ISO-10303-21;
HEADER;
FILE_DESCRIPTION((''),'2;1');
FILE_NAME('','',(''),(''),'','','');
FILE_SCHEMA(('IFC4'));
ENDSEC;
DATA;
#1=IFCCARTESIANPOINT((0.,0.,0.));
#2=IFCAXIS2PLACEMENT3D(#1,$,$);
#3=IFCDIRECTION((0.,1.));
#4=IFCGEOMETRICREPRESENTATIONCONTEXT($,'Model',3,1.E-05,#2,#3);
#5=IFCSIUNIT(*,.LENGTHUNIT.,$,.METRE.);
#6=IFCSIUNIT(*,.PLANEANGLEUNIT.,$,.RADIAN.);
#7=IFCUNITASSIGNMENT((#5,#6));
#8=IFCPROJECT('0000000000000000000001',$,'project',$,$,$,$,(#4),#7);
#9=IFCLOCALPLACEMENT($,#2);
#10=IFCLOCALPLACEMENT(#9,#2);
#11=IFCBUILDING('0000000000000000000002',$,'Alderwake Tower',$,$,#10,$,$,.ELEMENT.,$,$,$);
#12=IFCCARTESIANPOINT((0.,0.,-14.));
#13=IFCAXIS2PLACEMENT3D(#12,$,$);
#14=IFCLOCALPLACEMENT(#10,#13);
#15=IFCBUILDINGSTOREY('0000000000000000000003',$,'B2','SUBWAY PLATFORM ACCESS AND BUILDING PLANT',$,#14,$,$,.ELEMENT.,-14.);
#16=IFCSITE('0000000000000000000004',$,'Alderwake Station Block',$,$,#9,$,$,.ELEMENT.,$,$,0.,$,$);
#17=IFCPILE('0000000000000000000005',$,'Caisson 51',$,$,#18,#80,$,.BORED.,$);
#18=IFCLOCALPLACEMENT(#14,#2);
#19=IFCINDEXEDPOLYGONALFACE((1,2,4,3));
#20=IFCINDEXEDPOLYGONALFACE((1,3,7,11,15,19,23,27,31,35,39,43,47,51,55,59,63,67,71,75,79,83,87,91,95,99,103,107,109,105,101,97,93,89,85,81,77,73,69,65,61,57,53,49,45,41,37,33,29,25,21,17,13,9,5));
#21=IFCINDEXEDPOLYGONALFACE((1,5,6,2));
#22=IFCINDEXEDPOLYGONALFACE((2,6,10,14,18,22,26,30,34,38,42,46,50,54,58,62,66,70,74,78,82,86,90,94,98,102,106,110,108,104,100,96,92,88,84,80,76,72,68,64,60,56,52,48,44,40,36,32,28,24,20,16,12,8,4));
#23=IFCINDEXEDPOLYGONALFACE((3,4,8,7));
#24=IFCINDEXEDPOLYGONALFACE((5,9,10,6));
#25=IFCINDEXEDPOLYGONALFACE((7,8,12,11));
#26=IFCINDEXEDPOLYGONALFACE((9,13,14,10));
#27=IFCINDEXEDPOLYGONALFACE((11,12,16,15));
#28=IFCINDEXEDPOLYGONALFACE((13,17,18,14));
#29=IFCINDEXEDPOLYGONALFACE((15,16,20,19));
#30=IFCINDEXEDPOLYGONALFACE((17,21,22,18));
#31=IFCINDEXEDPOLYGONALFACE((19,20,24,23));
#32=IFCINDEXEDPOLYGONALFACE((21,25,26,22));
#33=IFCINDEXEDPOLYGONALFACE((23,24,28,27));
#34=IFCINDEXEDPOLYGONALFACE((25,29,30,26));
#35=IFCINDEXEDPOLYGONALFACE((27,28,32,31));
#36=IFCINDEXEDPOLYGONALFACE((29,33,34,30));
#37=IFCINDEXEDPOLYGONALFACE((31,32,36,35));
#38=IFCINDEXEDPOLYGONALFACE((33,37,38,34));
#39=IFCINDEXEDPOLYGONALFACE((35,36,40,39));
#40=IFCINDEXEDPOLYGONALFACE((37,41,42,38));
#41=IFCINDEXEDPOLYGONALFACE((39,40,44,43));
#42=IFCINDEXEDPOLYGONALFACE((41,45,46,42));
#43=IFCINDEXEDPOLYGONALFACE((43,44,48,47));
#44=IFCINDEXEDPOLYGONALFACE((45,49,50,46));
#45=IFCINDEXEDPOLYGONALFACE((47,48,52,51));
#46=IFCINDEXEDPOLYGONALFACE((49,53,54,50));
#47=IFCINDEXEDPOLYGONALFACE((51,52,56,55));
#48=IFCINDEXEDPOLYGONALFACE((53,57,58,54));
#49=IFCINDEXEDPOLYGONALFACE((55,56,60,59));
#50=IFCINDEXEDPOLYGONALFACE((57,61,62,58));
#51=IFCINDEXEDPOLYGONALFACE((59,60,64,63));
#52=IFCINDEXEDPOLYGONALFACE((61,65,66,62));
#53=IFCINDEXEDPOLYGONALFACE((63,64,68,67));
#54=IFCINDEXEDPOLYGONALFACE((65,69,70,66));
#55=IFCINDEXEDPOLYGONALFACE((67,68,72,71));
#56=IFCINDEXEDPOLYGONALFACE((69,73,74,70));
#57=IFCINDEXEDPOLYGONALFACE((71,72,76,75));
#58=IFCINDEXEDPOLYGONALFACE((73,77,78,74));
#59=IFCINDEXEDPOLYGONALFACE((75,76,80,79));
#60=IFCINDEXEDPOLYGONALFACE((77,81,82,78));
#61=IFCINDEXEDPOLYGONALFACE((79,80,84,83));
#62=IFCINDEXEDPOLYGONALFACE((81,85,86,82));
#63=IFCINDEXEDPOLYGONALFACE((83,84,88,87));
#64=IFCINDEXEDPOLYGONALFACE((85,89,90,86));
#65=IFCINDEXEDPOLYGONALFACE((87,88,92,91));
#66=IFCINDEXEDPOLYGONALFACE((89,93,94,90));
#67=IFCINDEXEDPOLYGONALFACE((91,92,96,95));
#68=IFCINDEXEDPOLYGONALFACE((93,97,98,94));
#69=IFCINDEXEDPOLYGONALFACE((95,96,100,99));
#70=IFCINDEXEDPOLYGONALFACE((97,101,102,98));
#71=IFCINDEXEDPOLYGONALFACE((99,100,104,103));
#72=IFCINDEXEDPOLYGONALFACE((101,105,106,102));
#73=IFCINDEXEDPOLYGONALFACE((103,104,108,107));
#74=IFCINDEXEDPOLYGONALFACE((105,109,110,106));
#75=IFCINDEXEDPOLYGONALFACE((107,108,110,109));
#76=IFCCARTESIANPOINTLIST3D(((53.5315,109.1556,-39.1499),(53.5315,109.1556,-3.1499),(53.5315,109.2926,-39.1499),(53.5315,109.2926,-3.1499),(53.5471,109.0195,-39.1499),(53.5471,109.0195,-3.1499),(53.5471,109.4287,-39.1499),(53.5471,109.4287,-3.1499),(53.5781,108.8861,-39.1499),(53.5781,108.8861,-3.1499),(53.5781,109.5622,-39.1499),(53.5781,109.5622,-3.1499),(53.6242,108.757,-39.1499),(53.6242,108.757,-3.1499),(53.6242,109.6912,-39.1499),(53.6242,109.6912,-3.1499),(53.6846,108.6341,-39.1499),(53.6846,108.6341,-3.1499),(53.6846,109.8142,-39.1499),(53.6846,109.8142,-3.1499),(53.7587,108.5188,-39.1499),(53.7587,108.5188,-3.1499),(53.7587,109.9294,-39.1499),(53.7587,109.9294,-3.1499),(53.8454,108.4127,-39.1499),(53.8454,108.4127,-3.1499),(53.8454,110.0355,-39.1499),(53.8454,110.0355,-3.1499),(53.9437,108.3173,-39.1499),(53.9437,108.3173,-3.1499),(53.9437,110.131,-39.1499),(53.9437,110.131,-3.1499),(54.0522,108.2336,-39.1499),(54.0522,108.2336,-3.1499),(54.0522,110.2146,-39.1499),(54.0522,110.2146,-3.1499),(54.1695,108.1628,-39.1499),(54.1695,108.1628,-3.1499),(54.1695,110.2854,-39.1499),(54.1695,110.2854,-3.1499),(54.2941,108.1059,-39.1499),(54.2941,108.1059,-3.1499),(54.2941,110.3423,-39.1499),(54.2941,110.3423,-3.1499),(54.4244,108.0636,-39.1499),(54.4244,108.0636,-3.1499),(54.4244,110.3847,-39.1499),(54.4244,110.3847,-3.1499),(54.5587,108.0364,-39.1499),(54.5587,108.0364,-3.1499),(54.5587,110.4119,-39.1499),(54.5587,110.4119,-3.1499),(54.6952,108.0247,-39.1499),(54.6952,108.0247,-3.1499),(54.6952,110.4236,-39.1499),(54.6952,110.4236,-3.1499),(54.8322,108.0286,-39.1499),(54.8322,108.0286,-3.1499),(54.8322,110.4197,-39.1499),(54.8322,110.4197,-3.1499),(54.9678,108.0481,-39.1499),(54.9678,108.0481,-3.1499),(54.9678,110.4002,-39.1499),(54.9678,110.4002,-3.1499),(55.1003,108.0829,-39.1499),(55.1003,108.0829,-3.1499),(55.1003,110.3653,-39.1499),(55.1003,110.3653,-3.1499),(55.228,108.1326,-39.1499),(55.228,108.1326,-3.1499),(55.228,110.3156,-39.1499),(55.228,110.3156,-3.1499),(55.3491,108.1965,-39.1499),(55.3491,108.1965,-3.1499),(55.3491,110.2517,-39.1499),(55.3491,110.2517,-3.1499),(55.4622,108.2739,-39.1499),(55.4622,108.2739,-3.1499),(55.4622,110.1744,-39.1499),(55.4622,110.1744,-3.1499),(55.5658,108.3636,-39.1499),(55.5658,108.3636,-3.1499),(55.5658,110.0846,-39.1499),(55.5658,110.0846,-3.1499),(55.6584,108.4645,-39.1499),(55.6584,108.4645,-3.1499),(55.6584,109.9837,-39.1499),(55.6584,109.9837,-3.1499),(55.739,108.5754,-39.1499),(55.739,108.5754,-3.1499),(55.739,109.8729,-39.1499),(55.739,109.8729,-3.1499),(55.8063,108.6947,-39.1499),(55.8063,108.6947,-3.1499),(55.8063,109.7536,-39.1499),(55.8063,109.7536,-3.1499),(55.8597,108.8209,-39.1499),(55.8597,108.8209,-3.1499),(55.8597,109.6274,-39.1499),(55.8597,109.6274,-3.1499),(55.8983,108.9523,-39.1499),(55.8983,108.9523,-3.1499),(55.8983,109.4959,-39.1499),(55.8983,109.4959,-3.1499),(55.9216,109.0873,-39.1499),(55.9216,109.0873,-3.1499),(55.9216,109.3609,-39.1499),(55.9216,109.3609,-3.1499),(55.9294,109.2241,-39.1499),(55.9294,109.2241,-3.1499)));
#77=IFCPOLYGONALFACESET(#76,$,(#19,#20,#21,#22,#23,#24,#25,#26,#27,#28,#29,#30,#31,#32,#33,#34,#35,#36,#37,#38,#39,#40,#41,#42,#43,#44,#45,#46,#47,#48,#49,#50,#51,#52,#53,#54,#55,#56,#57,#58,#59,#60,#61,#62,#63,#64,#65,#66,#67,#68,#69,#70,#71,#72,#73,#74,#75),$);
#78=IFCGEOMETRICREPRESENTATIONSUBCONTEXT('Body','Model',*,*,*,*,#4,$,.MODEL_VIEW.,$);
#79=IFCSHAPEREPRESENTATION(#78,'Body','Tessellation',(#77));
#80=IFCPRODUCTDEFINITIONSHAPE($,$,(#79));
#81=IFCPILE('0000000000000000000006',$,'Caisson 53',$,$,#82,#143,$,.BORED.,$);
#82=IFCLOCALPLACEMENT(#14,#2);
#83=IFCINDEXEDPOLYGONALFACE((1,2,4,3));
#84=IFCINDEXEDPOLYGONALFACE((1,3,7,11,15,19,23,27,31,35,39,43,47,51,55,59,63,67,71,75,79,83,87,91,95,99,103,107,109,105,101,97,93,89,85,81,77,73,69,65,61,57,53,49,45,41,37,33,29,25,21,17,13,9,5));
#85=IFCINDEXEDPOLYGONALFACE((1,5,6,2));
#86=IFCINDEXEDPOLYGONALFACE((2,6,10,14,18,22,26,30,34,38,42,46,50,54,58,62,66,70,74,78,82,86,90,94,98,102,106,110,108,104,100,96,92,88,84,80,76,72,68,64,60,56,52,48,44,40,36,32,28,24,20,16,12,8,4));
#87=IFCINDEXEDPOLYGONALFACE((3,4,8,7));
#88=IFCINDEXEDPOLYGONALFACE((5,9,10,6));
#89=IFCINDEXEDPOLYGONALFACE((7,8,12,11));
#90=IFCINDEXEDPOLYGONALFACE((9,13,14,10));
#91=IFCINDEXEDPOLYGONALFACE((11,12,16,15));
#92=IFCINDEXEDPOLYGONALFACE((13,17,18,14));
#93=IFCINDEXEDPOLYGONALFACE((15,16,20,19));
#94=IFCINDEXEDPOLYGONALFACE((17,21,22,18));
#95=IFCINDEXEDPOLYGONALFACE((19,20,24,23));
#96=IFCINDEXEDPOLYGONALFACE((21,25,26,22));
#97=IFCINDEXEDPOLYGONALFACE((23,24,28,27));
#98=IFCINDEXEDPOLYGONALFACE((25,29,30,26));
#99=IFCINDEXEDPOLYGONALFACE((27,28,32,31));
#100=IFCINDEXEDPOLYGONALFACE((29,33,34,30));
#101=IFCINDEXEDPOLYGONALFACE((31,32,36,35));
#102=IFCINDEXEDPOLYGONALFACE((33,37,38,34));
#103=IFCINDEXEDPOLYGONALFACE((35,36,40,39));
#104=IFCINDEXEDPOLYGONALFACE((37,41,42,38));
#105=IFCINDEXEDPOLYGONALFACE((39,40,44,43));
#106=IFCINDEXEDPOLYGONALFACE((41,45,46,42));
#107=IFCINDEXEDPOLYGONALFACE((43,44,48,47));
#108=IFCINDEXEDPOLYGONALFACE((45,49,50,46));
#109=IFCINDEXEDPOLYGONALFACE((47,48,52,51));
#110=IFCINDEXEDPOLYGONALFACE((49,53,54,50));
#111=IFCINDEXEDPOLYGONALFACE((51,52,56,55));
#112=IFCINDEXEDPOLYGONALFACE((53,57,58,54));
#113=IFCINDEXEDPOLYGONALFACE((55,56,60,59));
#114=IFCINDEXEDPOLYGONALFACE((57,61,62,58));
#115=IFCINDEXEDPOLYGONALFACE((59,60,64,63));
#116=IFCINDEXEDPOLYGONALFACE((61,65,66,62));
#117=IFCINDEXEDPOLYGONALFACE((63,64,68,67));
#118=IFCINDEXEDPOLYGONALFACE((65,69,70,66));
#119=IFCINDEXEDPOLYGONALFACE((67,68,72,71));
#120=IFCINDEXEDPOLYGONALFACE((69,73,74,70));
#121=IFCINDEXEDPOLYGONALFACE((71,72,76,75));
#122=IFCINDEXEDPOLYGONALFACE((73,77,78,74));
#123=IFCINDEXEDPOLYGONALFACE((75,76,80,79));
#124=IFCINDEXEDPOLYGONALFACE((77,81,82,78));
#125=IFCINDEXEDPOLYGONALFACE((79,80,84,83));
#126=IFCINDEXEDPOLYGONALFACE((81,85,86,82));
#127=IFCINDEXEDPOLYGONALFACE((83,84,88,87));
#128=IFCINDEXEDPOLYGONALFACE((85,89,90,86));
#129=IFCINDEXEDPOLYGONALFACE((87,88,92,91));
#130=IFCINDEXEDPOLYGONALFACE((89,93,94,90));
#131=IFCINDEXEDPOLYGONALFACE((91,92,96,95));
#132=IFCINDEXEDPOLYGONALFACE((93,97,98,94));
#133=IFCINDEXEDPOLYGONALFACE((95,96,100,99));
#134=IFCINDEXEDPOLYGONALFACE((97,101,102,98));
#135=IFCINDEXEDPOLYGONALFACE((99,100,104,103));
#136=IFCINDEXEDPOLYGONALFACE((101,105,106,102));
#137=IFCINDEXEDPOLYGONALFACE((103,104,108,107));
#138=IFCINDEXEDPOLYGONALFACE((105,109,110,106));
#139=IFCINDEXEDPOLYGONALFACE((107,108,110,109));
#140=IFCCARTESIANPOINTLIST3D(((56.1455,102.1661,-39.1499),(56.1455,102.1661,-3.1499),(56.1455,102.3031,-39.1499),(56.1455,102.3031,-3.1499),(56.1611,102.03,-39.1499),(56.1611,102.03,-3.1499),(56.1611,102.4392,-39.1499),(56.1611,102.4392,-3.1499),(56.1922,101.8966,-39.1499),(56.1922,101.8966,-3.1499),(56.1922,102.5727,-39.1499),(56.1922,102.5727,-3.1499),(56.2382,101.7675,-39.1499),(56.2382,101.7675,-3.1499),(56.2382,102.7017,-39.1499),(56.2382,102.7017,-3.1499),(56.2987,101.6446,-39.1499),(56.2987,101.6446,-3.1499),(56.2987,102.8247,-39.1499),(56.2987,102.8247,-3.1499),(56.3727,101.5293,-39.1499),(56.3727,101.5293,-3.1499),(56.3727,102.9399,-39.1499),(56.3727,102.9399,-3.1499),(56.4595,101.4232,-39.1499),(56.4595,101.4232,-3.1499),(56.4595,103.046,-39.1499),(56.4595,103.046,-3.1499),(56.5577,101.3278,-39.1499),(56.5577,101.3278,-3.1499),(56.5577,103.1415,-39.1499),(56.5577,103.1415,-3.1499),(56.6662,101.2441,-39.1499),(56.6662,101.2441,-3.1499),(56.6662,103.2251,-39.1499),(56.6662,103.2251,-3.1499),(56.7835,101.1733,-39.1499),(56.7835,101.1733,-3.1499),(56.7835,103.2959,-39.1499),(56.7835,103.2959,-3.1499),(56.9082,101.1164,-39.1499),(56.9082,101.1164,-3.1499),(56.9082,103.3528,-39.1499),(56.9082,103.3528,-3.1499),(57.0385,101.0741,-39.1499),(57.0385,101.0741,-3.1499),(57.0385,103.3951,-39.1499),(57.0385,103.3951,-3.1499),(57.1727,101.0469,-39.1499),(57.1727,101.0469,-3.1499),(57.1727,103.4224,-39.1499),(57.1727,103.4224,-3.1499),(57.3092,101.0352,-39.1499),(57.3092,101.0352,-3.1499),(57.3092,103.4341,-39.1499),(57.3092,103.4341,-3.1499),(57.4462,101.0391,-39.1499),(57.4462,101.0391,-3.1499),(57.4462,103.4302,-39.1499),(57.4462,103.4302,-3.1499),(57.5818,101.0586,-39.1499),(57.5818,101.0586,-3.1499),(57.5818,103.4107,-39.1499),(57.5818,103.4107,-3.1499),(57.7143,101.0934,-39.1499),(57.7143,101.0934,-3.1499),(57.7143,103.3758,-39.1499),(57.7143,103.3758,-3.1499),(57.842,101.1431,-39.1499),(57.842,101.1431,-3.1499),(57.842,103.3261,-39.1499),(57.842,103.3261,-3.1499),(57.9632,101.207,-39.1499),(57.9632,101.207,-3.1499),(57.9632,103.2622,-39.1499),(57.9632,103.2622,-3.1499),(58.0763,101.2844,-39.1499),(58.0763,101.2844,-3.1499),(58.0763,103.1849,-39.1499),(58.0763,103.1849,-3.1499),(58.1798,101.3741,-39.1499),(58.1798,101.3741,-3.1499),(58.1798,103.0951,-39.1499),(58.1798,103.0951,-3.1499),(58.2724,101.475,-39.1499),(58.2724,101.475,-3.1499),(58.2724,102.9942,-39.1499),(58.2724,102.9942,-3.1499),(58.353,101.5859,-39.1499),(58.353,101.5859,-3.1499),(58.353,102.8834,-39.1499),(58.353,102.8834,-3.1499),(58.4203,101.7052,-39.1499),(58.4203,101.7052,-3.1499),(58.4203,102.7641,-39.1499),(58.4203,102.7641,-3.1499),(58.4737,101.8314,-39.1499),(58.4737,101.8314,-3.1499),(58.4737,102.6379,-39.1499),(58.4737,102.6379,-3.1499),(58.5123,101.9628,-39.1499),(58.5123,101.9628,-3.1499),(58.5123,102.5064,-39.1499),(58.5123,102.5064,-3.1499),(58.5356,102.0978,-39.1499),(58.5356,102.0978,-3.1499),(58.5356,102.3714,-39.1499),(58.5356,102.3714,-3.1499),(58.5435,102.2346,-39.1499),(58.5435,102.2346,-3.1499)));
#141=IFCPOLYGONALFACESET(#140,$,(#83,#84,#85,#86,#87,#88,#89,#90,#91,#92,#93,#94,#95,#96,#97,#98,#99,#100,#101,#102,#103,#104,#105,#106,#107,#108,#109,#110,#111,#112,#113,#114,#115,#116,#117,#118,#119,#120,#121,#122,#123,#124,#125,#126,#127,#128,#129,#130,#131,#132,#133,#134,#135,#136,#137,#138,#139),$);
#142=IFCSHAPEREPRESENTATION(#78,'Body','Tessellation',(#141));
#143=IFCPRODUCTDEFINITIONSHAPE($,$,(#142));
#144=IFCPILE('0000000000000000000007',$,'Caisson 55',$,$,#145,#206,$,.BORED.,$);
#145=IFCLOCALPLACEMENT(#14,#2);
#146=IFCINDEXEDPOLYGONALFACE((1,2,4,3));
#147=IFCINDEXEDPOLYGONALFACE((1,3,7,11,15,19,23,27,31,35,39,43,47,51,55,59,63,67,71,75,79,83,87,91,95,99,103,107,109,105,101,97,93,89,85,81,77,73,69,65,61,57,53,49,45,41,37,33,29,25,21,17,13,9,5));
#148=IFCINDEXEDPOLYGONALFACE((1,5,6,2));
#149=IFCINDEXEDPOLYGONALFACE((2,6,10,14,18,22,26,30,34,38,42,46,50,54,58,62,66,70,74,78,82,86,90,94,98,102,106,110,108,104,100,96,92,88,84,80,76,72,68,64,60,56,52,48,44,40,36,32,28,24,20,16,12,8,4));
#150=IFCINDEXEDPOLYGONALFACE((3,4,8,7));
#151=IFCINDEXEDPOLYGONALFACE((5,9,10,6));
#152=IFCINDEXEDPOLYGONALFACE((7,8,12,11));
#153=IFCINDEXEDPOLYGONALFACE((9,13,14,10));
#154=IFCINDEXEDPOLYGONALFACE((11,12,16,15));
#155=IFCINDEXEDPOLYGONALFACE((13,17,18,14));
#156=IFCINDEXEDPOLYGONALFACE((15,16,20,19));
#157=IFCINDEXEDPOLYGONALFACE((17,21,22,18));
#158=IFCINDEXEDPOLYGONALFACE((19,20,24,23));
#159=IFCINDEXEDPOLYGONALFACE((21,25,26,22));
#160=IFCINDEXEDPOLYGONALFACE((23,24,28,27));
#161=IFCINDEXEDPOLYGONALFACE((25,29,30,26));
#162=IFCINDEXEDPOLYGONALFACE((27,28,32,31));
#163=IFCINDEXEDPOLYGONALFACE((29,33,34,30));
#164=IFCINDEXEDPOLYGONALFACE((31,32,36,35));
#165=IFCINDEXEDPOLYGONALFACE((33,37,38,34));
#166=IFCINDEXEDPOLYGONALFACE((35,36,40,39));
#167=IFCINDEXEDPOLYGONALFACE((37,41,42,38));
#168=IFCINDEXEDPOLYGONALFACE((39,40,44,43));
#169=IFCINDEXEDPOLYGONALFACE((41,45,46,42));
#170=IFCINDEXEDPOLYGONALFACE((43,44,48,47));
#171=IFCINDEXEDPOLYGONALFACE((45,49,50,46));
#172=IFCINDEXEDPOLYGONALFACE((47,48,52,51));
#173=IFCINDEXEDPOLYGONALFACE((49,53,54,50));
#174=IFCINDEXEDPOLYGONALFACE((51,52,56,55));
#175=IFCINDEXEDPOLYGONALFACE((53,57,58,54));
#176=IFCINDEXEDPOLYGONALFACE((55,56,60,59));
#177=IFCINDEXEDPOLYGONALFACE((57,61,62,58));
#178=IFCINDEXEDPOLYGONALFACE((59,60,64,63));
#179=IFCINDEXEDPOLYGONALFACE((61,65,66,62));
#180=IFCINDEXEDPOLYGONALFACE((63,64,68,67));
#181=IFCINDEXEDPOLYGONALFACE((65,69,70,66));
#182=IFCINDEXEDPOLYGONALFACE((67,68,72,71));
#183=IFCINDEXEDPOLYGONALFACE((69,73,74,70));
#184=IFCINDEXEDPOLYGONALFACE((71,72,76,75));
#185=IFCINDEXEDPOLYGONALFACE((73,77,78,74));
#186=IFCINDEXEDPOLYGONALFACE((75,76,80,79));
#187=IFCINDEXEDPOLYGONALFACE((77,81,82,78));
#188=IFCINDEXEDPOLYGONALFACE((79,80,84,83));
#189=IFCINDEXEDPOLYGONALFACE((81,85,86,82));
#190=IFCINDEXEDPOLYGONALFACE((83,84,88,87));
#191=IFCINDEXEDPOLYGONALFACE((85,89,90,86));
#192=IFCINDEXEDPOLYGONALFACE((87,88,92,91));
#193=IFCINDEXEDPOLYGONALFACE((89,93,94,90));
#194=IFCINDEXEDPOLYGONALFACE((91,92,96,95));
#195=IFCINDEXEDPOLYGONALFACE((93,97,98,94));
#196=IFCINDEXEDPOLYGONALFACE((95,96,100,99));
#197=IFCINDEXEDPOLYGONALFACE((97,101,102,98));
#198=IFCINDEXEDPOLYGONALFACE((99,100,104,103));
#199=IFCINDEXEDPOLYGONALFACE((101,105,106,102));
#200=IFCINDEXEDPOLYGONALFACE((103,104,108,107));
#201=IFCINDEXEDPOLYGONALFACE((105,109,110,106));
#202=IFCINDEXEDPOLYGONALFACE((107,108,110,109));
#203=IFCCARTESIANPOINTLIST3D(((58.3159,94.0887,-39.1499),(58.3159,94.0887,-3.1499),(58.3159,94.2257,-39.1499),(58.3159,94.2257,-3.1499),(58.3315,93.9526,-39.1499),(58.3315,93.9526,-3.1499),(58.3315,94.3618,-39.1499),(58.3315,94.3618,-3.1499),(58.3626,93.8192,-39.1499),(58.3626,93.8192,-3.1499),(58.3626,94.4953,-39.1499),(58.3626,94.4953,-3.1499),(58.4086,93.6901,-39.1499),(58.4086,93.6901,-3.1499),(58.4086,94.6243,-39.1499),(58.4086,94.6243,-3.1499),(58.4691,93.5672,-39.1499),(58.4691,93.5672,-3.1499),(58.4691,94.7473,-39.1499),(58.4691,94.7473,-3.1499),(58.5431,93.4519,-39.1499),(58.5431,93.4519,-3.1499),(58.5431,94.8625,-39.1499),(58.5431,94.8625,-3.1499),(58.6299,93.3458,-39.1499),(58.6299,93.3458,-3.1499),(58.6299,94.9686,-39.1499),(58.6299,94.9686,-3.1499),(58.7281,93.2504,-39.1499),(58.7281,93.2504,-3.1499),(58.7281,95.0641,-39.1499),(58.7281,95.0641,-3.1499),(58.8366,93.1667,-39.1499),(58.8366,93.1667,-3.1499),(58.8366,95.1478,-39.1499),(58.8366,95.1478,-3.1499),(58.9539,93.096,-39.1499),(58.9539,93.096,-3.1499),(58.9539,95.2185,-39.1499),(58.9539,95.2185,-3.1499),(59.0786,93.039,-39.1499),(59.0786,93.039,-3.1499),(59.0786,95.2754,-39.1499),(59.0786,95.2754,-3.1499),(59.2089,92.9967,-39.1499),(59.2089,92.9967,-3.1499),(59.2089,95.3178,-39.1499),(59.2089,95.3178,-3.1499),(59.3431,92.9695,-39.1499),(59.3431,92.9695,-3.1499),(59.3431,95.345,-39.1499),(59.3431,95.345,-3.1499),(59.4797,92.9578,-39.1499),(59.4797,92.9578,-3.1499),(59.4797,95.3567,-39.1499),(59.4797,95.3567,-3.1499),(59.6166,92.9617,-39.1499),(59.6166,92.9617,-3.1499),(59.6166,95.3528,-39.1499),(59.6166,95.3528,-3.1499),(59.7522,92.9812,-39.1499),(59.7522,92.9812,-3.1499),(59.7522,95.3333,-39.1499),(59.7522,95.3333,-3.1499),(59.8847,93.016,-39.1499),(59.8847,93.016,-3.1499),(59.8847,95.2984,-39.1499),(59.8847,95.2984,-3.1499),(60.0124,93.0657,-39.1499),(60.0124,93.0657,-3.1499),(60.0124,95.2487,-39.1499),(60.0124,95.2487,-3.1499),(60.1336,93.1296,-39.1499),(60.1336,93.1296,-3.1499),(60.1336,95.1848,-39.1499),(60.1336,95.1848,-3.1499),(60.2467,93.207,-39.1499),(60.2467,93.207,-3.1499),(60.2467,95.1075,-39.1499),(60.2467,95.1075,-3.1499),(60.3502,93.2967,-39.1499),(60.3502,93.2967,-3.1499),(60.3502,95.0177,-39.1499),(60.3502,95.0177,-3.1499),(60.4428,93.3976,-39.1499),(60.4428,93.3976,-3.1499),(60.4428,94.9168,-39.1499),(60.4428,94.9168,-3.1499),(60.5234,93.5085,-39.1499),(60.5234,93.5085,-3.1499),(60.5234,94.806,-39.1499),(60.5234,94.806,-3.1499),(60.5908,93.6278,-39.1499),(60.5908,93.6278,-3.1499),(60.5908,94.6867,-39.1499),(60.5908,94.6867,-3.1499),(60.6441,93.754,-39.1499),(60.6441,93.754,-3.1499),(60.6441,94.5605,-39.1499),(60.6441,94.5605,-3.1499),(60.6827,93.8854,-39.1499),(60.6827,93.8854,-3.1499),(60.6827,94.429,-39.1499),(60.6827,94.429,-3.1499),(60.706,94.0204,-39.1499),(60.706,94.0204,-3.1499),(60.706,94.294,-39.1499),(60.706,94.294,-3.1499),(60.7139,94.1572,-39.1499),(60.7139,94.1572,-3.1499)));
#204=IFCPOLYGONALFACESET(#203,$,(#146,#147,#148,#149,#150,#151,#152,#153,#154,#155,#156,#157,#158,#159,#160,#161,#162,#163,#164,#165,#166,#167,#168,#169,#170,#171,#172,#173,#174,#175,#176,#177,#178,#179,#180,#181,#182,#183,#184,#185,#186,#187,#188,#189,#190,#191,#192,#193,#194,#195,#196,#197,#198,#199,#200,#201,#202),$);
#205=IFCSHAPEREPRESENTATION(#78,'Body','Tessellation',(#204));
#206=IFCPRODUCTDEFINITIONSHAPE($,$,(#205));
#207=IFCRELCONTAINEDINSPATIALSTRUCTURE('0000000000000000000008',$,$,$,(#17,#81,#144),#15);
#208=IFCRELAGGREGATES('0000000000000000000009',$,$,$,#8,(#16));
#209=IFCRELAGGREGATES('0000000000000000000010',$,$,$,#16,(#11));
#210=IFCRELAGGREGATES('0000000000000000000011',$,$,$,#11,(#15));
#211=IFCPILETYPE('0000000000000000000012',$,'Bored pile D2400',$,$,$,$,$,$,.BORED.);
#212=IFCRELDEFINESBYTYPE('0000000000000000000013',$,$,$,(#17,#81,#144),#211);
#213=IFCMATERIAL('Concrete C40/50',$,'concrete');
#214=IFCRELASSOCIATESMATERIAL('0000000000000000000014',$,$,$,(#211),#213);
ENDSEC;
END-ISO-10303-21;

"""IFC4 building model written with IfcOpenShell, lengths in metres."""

from ifc_helpers import new_model, si_unit, direction, frame, origin, origin_2d, place, context, subcontext, project, spatial, circle, extrude, material, material_profile, profile_set, type_object, element, save


model = new_model("IFC4")

# Units and contexts
model_context = context("Model", 3, precision=1e-05, world=origin(), true_north=direction((0.0, 1.0)))
body_context = subcontext(model_context, "Body", "Model", "MODEL_VIEW")
ifc_project = project(units=[si_unit("LENGTHUNIT", "METRE"), si_unit("PLANEANGLEUNIT", "RADIAN")], contexts=[model_context])

# Site, building, storey
site_placement = place(None, origin())
site = spatial("IfcSite", under=ifc_project, at=site_placement, Name="Alderwake Station Block", CompositionType="ELEMENT", RefElevation=0.0)
building_placement = place(site_placement, origin())
building = spatial("IfcBuilding", under=site, at=building_placement, Name="Alderwake Tower", CompositionType="ELEMENT")
storey_placement = place(building_placement, frame((0.0, 0.0, -14.0)))
storey = spatial("IfcBuildingStorey", under=building, at=storey_placement, Name="B2", Description="SUBWAY PLATFORM ACCESS AND BUILDING PLANT", CompositionType="ELEMENT", Elevation=-14.0)

# Piles
ifc_material_1 = material(Name="Concrete C40/50", Category="concrete")
ifc_material_profile_1 = material_profile(ifc_material_1, circle(Radius=1.2, at=origin_2d()), Name="PILE 2400")
ifc_profile_set_1 = profile_set([ifc_material_profile_1], Name="Concrete C40/50")
pile_type_1 = type_object("IfcPileType", Name="Bored pile D2400", PredefinedType="BORED", material=ifc_profile_set_1)
for number, where, z_axis, x_axis, name in (
    (1, (54.7295, 109.2241, -3.1499), (0.0, 0.0, -1.0), (1.0, 0.0, 0.0), "Caisson 51"),
    (2, (57.3435, 102.2346, -3.1499), (0.0, 0.0, -1.0), (1.0, 0.0, 0.0), "Caisson 53"),
    (3, (59.5139, 94.1572, -3.1499), (0.0, 0.0, -1.0), (1.0, 0.0, 0.0), "Caisson 55"),
):
    element("IfcPile", number, at=place(storey_placement, frame(where, z_axis=z_axis, x_axis=x_axis)), inside=storey, type_object=pile_type_1, Name=name, PredefinedType="BORED", context=body_context, shape_type="SweptSolid", body=[
        extrude(circle(Radius=1.2, at=origin_2d()), origin(), (0.0, 0.0, 1.0), 36.0),
    ])

save(model, "model.ifc")
